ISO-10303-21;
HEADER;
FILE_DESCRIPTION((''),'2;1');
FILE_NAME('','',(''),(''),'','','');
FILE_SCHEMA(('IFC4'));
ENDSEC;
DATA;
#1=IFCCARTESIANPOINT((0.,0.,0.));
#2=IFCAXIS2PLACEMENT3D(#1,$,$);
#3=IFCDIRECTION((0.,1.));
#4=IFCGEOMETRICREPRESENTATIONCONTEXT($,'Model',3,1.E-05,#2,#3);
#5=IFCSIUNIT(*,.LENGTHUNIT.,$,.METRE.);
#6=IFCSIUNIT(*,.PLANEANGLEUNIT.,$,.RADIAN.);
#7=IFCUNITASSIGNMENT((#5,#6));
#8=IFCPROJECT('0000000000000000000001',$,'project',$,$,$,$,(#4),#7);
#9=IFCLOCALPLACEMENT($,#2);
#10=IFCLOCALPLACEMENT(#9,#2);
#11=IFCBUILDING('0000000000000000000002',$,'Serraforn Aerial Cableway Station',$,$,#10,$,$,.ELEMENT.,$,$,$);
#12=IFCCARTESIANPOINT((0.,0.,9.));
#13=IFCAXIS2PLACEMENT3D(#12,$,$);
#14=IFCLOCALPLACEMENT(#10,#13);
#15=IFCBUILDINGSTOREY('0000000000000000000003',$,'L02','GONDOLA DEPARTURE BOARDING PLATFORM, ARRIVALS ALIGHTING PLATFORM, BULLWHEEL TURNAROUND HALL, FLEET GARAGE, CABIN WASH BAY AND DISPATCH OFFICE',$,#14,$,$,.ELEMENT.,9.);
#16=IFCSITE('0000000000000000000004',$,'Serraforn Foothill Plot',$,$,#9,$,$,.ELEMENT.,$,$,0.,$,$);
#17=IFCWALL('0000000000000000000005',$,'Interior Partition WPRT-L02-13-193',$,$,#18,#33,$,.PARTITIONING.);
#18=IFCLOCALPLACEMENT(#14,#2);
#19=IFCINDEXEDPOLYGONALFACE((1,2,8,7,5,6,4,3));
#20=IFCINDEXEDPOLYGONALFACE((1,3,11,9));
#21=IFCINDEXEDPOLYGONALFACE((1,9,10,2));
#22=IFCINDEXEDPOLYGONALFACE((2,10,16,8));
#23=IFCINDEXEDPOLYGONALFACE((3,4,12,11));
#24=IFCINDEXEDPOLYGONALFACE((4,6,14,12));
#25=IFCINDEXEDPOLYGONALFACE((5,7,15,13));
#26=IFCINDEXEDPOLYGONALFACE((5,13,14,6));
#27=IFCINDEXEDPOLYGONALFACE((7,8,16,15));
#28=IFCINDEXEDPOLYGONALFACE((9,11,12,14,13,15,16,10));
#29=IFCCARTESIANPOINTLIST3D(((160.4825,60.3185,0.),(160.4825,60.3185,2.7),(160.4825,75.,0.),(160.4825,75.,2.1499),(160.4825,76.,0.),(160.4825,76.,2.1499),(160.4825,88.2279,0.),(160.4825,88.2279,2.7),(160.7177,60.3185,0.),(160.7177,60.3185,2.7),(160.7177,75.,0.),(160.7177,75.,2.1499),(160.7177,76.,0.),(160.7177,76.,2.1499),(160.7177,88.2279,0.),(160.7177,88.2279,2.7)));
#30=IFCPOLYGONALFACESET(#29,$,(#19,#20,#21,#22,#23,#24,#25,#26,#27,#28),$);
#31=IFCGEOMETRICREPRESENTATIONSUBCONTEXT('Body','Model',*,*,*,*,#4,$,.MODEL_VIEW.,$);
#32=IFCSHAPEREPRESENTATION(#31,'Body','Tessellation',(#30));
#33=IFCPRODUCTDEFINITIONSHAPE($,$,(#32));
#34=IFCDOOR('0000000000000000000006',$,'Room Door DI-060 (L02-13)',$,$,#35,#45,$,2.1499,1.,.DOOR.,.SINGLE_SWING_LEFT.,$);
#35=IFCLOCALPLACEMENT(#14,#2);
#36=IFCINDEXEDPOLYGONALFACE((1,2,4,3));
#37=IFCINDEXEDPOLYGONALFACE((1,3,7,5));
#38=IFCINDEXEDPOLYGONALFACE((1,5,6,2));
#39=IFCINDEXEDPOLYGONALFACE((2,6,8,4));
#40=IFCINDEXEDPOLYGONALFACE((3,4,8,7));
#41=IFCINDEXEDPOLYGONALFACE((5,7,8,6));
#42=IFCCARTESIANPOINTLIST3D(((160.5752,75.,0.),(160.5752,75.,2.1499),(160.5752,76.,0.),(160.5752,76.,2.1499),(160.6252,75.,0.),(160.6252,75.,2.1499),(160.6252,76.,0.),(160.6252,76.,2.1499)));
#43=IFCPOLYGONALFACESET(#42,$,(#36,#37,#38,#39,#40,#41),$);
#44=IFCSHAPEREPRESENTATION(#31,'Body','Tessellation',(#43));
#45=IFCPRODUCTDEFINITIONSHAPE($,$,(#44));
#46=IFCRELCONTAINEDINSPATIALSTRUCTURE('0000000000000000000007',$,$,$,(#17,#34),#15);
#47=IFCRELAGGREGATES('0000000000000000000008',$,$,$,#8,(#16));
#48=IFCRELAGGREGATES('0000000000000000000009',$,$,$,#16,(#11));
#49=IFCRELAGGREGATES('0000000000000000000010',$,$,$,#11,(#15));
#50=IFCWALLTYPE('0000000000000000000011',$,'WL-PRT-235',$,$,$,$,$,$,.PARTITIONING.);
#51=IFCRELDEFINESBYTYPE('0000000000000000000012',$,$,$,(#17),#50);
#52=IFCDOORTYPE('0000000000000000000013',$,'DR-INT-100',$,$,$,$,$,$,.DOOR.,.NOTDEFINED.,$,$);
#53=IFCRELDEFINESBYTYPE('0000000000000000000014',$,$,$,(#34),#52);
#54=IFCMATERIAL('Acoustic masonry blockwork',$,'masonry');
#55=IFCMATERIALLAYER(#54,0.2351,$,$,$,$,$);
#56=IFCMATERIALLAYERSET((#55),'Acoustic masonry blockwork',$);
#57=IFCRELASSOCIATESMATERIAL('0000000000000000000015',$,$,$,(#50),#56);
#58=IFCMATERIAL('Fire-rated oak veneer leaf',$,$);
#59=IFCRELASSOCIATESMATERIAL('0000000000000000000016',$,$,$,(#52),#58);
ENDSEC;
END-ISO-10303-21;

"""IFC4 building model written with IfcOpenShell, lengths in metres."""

from ifc_helpers import new_model, si_unit, direction, frame, frame_2d, origin, place, context, subcontext, project, spatial, rectangle, extrude, material, layer, layer_set, type_object, element, fill, save


model = new_model("IFC4")

# Units and contexts
model_context = context("Model", 3, precision=1e-05, world=origin(), true_north=direction((0.0, 1.0)))
body_context = subcontext(model_context, "Body", "Model", "MODEL_VIEW")
ifc_project = project(units=[si_unit("LENGTHUNIT", "METRE"), si_unit("PLANEANGLEUNIT", "RADIAN")], contexts=[model_context])

# Site, building, storey
site_placement = place(None, origin())
site = spatial("IfcSite", under=ifc_project, at=site_placement, Name="Serraforn Foothill Plot", CompositionType="ELEMENT", RefElevation=0.0)
building_placement = place(site_placement, origin())
building = spatial("IfcBuilding", under=site, at=building_placement, Name="Serraforn Aerial Cableway Station", CompositionType="ELEMENT")
storey_placement = place(building_placement, frame((0.0, 0.0, 9.0)))
storey = spatial("IfcBuildingStorey", under=building, at=storey_placement, Name="L02", Description="GONDOLA DEPARTURE BOARDING PLATFORM, ARRIVALS ALIGHTING PLATFORM, BULLWHEEL TURNAROUND HALL, FLEET GARAGE, CABIN WASH BAY AND DISPATCH OFFICE", CompositionType="ELEMENT", Elevation=9.0)

# Wall, opening, door
ifc_material_1 = material(Name="Acoustic masonry blockwork", Category="masonry")
ifc_layer_1 = layer(ifc_material_1, 0.2351)
ifc_layer_set_1 = layer_set([ifc_layer_1], Name="Acoustic masonry blockwork")
wall_type_1 = type_object("IfcWallType", Name="WL-PRT-235", PredefinedType="PARTITIONING", material=ifc_layer_set_1)
wall_1_placement = place(storey_placement, frame((160.6001, 60.3186, 0.0), z_axis=(0.0, 0.0, 1.0), x_axis=(0.0, 1.0, 0.0)))
wall_1 = element("IfcWall", 1, at=wall_1_placement, inside=storey, type_object=wall_type_1, Name="Interior Partition WPRT-L02-13-193", PredefinedType="PARTITIONING", context=body_context, shape_type="SweptSolid", body=[
    extrude(rectangle(XDim=27.9094, YDim=0.2351, at=frame_2d((13.9546, 0.0))), origin(), (0.0, 0.0, 1.0), 2.7),
])
opening_1_placement = place(wall_1_placement, frame((14.6814, 0.0, 0.0)))
opening_1 = element("IfcOpeningElement", 2, at=opening_1_placement, cuts=wall_1, PredefinedType="OPENING", context=body_context, shape_type="SweptSolid", body=[
    extrude(rectangle(XDim=1.0, YDim=2.1499, at=frame_2d((0.5, 1.075))), frame((0.0, 0.1274, 0.0), z_axis=(0.0, -1.0, 0.0), x_axis=(1.0, 0.0, 0.0)), (0.0, 0.0, 1.0), 0.2551),
])
ifc_material_2 = material(Name="Fire-rated oak veneer leaf")
door_type_1 = type_object("IfcDoorType", Name="DR-INT-100", OperationType="NOTDEFINED", PredefinedType="DOOR", material=ifc_material_2)
door_1_placement = place(opening_1_placement, origin())
door_1 = element("IfcDoor", 3, at=door_1_placement, inside=storey, type_object=door_type_1, Name="Room Door DI-060 (L02-13)", OperationType="SINGLE_SWING_LEFT", OverallHeight=2.1499, OverallWidth=1.0, PredefinedType="DOOR", context=body_context, shape_type="SweptSolid", body=[
    extrude(rectangle(XDim=1.0, YDim=2.1499, at=frame_2d((0.5, 1.075))), frame((0.0, 0.0249, 0.0), z_axis=(0.0, -1.0, 0.0), x_axis=(1.0, 0.0, 0.0)), (0.0, 0.0, 1.0), 0.05),
])
fill(opening_1, door_1)

save(model, "model.ifc")
